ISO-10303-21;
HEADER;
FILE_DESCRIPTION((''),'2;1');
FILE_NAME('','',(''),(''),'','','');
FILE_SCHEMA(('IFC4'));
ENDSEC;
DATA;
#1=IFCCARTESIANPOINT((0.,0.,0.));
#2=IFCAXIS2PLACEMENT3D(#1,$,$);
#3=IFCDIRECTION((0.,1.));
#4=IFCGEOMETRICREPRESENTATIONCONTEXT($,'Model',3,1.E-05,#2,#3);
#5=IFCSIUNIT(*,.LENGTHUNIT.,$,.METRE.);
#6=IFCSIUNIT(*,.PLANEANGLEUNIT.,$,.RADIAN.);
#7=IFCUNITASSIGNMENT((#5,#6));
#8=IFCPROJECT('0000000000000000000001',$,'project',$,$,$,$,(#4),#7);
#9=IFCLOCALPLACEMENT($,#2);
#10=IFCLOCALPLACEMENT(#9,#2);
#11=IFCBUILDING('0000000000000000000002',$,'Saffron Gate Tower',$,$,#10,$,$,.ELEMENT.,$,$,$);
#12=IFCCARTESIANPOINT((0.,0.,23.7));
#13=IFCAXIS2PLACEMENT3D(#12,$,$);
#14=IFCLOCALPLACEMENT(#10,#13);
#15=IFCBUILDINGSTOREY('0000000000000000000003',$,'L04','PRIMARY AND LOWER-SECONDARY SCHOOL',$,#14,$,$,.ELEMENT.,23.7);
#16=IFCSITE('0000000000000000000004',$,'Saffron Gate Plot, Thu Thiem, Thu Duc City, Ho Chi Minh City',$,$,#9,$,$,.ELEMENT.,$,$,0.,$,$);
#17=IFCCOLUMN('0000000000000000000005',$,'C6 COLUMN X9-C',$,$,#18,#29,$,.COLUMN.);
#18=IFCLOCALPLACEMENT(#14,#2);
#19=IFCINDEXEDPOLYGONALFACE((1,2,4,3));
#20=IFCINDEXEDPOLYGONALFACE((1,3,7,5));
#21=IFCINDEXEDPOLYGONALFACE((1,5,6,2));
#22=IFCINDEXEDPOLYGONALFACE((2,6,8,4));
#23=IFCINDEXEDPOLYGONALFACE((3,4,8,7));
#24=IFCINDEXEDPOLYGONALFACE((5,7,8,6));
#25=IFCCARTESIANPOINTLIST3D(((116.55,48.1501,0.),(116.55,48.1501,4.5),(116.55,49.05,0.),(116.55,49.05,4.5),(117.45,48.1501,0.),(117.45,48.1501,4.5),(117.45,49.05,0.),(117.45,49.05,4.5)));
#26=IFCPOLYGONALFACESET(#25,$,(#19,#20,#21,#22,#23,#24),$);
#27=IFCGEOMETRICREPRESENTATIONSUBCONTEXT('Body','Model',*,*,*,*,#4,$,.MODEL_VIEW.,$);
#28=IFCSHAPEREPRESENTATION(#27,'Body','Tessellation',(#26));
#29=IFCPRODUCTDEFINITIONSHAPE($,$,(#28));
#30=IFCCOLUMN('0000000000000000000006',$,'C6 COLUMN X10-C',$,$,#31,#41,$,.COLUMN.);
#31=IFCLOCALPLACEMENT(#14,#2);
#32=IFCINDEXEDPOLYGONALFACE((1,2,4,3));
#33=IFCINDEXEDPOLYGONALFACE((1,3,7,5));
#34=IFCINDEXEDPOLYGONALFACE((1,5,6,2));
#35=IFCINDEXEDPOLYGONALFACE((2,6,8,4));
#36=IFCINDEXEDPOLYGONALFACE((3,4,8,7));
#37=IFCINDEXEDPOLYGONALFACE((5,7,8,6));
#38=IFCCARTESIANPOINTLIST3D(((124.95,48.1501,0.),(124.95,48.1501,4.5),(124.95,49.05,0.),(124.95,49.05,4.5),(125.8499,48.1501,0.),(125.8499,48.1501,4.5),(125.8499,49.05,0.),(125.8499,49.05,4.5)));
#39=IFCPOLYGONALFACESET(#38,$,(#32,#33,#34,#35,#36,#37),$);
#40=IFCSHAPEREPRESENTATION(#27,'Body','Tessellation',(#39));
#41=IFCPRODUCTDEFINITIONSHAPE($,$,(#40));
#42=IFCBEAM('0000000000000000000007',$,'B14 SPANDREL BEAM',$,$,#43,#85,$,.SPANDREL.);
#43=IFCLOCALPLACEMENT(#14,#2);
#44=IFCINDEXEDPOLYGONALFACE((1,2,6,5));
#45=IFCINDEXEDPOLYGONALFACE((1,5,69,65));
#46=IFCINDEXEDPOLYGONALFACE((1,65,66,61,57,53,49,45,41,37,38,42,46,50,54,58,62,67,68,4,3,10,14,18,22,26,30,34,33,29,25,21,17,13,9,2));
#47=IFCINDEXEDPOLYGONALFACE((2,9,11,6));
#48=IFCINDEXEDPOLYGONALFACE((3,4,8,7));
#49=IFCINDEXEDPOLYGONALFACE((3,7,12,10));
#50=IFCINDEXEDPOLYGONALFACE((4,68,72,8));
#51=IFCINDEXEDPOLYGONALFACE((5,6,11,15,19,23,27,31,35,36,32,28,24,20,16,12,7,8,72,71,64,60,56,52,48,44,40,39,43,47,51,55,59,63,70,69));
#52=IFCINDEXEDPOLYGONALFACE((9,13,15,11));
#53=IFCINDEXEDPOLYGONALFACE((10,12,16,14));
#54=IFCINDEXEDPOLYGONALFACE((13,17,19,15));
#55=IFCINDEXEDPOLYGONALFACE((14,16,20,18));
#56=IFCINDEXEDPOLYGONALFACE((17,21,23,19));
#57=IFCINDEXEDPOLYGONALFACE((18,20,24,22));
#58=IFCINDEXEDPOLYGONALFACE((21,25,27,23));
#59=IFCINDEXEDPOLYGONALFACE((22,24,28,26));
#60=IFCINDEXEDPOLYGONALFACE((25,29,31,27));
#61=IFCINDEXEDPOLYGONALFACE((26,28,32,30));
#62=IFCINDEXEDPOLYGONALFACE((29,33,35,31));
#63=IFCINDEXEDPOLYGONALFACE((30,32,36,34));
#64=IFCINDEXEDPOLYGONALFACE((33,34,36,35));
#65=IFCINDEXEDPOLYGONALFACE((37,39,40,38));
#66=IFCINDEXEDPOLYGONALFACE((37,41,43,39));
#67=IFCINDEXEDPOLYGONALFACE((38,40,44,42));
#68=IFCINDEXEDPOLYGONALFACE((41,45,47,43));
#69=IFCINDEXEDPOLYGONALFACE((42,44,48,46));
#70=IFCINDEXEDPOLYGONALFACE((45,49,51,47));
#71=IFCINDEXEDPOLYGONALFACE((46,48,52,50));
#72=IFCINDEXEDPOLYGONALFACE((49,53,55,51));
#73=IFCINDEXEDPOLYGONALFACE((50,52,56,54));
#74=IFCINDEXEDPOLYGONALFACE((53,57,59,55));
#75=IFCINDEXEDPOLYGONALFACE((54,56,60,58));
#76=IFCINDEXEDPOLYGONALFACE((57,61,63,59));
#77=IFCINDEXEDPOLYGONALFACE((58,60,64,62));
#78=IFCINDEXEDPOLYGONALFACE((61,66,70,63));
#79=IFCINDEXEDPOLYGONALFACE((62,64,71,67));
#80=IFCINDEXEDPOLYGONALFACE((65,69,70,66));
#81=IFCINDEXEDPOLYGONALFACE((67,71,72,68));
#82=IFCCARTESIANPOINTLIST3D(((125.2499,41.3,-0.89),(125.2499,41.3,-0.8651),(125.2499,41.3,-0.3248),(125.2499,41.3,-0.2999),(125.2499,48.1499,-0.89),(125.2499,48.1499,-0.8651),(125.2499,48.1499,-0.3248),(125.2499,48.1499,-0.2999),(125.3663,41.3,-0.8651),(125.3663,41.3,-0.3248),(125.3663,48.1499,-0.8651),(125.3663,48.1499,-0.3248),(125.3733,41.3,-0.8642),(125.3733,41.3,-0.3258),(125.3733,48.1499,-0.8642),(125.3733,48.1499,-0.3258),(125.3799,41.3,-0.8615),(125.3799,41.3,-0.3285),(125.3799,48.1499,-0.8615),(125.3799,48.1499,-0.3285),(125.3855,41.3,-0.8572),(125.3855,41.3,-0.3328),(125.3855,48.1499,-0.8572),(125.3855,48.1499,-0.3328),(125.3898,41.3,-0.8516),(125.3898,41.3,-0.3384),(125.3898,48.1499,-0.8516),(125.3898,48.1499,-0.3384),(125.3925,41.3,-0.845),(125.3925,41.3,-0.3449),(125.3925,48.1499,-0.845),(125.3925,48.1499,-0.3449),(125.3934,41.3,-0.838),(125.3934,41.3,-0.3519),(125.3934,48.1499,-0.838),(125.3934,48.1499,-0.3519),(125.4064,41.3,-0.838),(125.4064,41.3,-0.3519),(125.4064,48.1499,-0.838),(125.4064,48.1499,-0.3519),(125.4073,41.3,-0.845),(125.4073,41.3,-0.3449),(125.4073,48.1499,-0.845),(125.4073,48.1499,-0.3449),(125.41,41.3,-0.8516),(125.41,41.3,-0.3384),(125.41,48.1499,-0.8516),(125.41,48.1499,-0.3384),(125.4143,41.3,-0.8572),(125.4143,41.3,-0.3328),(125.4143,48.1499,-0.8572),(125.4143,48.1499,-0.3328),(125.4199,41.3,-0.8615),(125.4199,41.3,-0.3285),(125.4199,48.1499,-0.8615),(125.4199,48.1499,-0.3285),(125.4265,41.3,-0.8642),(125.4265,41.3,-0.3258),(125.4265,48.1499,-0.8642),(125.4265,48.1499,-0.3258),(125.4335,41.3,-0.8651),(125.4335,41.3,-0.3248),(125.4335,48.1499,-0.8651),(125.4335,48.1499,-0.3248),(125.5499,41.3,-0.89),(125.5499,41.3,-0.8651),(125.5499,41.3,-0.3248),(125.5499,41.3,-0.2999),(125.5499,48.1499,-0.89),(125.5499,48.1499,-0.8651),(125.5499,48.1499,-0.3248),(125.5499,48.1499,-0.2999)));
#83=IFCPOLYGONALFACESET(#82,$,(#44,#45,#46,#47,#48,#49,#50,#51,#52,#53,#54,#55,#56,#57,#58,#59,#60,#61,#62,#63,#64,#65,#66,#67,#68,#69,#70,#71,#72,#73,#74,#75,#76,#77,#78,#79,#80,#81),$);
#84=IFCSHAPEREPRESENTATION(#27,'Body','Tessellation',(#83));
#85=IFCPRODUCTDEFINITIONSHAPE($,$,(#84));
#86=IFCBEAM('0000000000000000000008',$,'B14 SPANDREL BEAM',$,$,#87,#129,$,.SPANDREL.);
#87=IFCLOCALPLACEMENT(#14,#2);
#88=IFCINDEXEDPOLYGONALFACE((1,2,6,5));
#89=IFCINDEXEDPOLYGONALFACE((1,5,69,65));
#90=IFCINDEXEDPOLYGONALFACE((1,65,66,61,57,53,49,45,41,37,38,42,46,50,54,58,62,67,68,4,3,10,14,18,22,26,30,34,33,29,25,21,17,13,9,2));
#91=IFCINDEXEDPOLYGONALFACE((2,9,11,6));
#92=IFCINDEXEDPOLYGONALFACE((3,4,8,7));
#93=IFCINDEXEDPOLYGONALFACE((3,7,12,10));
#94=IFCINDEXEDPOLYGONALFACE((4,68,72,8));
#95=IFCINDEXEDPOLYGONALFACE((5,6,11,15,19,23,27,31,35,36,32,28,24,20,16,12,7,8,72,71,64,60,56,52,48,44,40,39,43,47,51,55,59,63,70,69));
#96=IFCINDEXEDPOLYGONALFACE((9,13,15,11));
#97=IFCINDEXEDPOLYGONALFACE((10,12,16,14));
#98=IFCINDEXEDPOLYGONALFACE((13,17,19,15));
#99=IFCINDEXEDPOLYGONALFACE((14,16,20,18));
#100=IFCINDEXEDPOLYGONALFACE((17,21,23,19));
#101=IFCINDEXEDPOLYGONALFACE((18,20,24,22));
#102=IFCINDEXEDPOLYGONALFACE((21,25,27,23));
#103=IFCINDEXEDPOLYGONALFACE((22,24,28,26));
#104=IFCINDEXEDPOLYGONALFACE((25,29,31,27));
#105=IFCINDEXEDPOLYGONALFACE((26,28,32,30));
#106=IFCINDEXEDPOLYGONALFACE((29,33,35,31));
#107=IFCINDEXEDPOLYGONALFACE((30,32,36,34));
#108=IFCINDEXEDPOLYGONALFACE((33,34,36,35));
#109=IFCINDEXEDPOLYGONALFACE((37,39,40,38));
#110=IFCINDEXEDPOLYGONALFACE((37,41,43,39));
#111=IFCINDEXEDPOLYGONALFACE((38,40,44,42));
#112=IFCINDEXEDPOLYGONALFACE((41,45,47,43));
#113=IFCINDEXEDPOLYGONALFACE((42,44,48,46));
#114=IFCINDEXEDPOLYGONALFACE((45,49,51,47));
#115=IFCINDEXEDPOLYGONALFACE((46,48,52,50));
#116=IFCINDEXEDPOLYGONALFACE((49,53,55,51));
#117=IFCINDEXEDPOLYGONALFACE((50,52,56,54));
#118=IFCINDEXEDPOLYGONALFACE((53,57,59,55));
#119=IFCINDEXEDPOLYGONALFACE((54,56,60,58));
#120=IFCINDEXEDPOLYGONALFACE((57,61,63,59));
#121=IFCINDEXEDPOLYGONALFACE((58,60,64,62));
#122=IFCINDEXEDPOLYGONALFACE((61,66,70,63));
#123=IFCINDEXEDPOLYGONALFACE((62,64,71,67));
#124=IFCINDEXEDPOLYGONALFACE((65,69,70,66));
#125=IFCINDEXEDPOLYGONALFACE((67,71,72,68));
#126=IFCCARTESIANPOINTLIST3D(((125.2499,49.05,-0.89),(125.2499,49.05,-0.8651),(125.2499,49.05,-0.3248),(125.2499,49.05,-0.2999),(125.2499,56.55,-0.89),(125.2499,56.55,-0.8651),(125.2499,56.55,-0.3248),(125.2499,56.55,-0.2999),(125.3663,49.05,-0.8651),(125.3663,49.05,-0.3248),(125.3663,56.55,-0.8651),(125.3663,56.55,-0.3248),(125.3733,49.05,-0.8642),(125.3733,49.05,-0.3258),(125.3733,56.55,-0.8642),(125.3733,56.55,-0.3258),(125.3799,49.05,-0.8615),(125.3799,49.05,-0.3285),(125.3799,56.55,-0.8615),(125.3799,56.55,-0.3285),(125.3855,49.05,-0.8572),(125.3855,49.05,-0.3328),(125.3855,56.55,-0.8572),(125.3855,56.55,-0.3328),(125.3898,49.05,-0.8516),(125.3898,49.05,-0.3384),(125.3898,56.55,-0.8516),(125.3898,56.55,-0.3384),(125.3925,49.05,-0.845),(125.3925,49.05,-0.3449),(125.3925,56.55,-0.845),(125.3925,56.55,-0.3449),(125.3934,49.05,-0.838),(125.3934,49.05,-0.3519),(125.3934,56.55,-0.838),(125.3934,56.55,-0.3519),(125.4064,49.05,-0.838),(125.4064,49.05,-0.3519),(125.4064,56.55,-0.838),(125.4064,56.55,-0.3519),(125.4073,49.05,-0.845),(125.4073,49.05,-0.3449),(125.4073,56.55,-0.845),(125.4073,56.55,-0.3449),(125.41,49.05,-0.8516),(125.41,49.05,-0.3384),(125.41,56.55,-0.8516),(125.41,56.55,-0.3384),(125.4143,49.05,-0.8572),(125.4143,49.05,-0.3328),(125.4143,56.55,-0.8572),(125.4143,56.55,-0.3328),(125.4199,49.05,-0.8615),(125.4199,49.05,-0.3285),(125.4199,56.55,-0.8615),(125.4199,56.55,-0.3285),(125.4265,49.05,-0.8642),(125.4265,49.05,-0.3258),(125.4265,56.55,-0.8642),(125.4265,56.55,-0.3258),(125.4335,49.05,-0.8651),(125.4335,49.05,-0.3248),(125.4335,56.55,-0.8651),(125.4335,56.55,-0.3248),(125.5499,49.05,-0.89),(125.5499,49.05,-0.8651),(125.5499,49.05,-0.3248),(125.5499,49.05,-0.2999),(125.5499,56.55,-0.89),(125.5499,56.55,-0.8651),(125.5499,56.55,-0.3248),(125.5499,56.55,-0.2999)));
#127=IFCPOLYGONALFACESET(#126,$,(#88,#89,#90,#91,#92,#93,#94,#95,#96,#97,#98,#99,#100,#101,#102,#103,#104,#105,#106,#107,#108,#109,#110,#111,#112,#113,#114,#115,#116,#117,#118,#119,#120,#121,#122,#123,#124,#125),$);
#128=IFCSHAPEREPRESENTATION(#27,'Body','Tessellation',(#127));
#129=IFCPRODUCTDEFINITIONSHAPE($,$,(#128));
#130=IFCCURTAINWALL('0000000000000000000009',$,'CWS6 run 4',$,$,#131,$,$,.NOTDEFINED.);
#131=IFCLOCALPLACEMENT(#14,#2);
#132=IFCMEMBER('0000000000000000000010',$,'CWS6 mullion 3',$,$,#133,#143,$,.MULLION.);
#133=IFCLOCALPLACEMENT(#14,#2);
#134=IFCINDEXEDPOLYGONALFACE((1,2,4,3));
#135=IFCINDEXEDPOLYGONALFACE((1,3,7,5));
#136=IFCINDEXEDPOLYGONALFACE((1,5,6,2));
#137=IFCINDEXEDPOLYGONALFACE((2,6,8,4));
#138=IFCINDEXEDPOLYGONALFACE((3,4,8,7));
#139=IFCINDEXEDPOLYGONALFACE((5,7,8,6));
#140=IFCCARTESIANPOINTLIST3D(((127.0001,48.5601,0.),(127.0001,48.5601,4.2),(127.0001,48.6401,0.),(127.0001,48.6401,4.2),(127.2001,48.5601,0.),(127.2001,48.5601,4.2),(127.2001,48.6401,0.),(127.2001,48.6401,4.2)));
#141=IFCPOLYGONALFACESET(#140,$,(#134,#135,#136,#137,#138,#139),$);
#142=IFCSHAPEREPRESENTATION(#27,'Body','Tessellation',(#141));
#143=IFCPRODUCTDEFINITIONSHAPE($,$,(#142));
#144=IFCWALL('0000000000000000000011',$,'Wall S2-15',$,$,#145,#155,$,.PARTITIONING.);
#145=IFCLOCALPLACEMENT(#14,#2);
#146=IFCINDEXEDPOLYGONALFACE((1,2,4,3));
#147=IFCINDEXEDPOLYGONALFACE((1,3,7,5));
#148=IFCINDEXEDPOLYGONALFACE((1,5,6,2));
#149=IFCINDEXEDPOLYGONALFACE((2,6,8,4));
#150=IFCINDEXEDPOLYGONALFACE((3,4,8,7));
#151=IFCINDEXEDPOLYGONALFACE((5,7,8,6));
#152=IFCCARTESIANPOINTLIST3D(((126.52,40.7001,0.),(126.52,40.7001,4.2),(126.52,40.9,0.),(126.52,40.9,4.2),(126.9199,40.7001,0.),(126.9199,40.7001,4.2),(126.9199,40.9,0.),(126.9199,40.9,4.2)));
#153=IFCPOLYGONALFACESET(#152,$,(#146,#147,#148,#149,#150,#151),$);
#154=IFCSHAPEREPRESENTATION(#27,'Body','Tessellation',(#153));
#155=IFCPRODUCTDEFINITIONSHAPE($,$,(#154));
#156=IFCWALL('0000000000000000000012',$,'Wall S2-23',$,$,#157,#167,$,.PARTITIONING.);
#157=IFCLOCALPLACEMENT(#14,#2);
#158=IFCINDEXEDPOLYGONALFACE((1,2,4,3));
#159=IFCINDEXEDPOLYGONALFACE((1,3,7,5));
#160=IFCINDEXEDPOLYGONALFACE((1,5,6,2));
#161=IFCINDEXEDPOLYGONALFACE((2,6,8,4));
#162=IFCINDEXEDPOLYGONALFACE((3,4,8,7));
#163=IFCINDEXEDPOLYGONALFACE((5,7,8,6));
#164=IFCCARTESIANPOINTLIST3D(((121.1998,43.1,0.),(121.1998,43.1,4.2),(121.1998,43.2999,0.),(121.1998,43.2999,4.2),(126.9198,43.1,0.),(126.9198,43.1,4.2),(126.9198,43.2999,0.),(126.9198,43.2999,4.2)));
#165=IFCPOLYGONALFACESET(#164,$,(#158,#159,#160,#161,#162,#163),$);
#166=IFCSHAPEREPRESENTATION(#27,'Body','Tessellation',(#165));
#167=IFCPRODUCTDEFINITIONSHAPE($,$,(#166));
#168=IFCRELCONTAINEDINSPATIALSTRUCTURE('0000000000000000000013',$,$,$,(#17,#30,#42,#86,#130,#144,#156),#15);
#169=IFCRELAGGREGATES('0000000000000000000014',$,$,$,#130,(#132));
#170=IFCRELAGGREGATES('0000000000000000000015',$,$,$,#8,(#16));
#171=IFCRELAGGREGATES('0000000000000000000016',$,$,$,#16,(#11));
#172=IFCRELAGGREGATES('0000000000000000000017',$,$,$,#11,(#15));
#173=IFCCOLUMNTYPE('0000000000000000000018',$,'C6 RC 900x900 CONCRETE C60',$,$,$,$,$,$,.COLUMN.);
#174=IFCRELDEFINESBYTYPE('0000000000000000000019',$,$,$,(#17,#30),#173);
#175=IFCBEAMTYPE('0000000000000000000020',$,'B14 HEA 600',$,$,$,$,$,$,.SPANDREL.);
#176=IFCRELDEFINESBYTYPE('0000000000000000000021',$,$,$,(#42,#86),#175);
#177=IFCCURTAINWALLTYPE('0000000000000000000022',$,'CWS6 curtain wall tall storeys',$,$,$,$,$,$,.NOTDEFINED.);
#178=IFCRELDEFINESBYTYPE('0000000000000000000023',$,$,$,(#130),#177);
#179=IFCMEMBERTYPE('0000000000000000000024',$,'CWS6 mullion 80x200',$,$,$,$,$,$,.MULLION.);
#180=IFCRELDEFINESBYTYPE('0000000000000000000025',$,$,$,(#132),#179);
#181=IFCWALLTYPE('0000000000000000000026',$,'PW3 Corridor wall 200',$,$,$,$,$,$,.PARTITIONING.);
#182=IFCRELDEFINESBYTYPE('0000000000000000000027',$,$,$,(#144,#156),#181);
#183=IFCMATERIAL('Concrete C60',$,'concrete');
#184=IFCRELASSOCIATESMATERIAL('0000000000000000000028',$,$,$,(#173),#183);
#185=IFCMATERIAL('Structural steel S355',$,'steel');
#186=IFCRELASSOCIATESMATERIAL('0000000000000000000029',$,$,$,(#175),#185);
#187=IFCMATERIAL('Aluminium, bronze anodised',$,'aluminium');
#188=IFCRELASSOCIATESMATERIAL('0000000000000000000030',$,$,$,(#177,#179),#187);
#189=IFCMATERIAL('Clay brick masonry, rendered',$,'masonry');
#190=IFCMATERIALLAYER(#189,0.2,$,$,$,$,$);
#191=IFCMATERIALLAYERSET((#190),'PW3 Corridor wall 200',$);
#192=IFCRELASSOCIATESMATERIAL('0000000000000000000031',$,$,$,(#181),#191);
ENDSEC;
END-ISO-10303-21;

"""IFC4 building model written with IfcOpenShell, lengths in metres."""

from ifc_helpers import new_model, si_unit, direction, frame, frame_2d, origin, origin_2d, place, context, subcontext, project, spatial, rectangle, i_section, extrude, material, layer, layer_set, material_profile, profile_set, type_object, element, aggregate, save


model = new_model("IFC4")

# Units and contexts
model_context = context("Model", 3, precision=1e-05, world=origin(), true_north=direction((0.0, 1.0)))
body_context = subcontext(model_context, "Body", "Model", "MODEL_VIEW")
ifc_project = project(units=[si_unit("LENGTHUNIT", "METRE"), si_unit("PLANEANGLEUNIT", "RADIAN")], contexts=[model_context])

# Site, building, storey
site_placement = place(None, origin())
site = spatial("IfcSite", under=ifc_project, at=site_placement, Name="Saffron Gate Plot, Thu Thiem, Thu Duc City, Ho Chi Minh City", CompositionType="ELEMENT", RefElevation=0.0)
building_placement = place(site_placement, origin())
building = spatial("IfcBuilding", under=site, at=building_placement, Name="Saffron Gate Tower", CompositionType="ELEMENT")
storey_placement = place(building_placement, frame((0.0, 0.0, 23.7)))
storey = spatial("IfcBuildingStorey", under=building, at=storey_placement, Name="L04", Description="PRIMARY AND LOWER-SECONDARY SCHOOL", CompositionType="ELEMENT", Elevation=23.7)

# Columns
ifc_material_1 = material(Name="Concrete C60", Category="concrete")
ifc_material_profile_1 = material_profile(ifc_material_1, rectangle(XDim=0.8999, YDim=0.8999, at=origin_2d()))
ifc_profile_set_1 = profile_set([ifc_material_profile_1], Name="Concrete C60")
column_type = type_object("IfcColumnType", Name="C6 RC 900x900 CONCRETE C60", PredefinedType="COLUMN", material=ifc_profile_set_1)
for number, where, z_axis, x_axis, name in (
    (1, (117.0, 48.6001, 0.0), (0.0, 0.0, 1.0), (1.0, 0.0, 0.0), "C6 COLUMN X9-C"),
    (2, (125.3999, 48.6001, 0.0), (0.0, 0.0, 1.0), (1.0, 0.0, 0.0), "C6 COLUMN X10-C"),
):
    element("IfcColumn", number, at=place(storey_placement, frame(where, z_axis=z_axis, x_axis=x_axis)), inside=storey, type_object=column_type, Name=name, PredefinedType="COLUMN", context=body_context, shape_type="SweptSolid", body=[
        extrude(rectangle(XDim=0.8999, YDim=0.8999, at=origin_2d()), origin(), (0.0, 0.0, 1.0), 4.5),
    ])

# Beams
ifc_material_2 = material(Name="Structural steel S355", Category="steel")
ifc_material_profile_2 = material_profile(ifc_material_2, i_section(OverallWidth=0.3, OverallDepth=0.5901, WebThickness=0.0129, FlangeThickness=0.0249, FilletRadius=0.0271, at=origin_2d()))
ifc_profile_set_2 = profile_set([ifc_material_profile_2], Name="Structural steel S355")
beam_type = type_object("IfcBeamType", Name="B14 HEA 600", PredefinedType="SPANDREL", material=ifc_profile_set_2)
beam_1_placement = place(storey_placement, frame((125.3999, 41.3, -0.595), z_axis=(0.0, 1.0, 0.0), x_axis=(-1.0, 0.0, 0.0)))
element("IfcBeam", 3, at=beam_1_placement, inside=storey, type_object=beam_type, Name="B14 SPANDREL BEAM", PredefinedType="SPANDREL", context=body_context, shape_type="SweptSolid", body=[
    extrude(i_section(OverallWidth=0.3, OverallDepth=0.5901, WebThickness=0.0129, FlangeThickness=0.0249, FilletRadius=0.0271, at=origin_2d()), origin(), (0.0, 0.0, 1.0), 6.8499),
])
beam_2_placement = place(storey_placement, frame((125.3999, 49.05, -0.595), z_axis=(0.0, 1.0, 0.0), x_axis=(-1.0, 0.0, 0.0)))
element("IfcBeam", 4, at=beam_2_placement, inside=storey, type_object=beam_type, Name="B14 SPANDREL BEAM", PredefinedType="SPANDREL", context=body_context, shape_type="SweptSolid", body=[
    extrude(i_section(OverallWidth=0.3, OverallDepth=0.5901, WebThickness=0.0129, FlangeThickness=0.0249, FilletRadius=0.0271, at=origin_2d()), origin(), (0.0, 0.0, 1.0), 7.5),
])

# Curtain wall, member
ifc_material_3 = material(Name="Aluminium, bronze anodised", Category="aluminium")
curtain_wall_type = type_object("IfcCurtainWallType", Name="CWS6 curtain wall tall storeys", PredefinedType="NOTDEFINED", material=ifc_material_3)
curtain_wall_placement = place(storey_placement, origin())
curtain_wall = element("IfcCurtainWall", 5, at=curtain_wall_placement, inside=storey, type_object=curtain_wall_type, Name="CWS6 run 4", PredefinedType="NOTDEFINED")
ifc_material_profile_3 = material_profile(ifc_material_3, rectangle(XDim=0.2, YDim=0.0801, at=origin_2d()))
ifc_profile_set_3 = profile_set([ifc_material_profile_3], Name="Aluminium, bronze anodised")
member_type = type_object("IfcMemberType", Name="CWS6 mullion 80x200", PredefinedType="MULLION", material=ifc_profile_set_3)
member_placement = place(storey_placement, frame((127.1001, 48.6001, 0.0), z_axis=(0.0, 0.0, 1.0), x_axis=(-1.0, 0.0, 0.0)))
member = element("IfcMember", 6, at=member_placement, type_object=member_type, Name="CWS6 mullion 3", PredefinedType="MULLION", context=body_context, shape_type="SweptSolid", body=[
    extrude(rectangle(XDim=0.2, YDim=0.0801, at=origin_2d()), origin(), (0.0, 0.0, 1.0), 4.2),
])
aggregate(curtain_wall, [member])

# Walls
ifc_material_4 = material(Name="Clay brick masonry, rendered", Category="masonry")
ifc_layer_1 = layer(ifc_material_4, 0.2)
ifc_layer_set_1 = layer_set([ifc_layer_1], Name="PW3 Corridor wall 200")
wall_type = type_object("IfcWallType", Name="PW3 Corridor wall 200", PredefinedType="PARTITIONING", material=ifc_layer_set_1)
wall_1_placement = place(storey_placement, frame((126.52, 40.8, 0.0), z_axis=(0.0, 0.0, 1.0), x_axis=(1.0, 0.0, 0.0)))
element("IfcWall", 7, at=wall_1_placement, inside=storey, type_object=wall_type, Name="Wall S2-15", PredefinedType="PARTITIONING", context=body_context, shape_type="SweptSolid", body=[
    extrude(rectangle(XDim=0.3999, YDim=0.2, at=frame_2d((0.2, 0.0))), origin(), (0.0, 0.0, 1.0), 4.2),
])
wall_2_placement = place(storey_placement, frame((121.2, 43.2, 0.0), z_axis=(0.0, 0.0, 1.0), x_axis=(1.0, 0.0, 0.0)))
element("IfcWall", 8, at=wall_2_placement, inside=storey, type_object=wall_type, Name="Wall S2-23", PredefinedType="PARTITIONING", context=body_context, shape_type="SweptSolid", body=[
    extrude(rectangle(XDim=5.72, YDim=0.2, at=frame_2d((2.8599, 0.0))), origin(), (0.0, 0.0, 1.0), 4.2),
])

save(model, "model.ifc")
